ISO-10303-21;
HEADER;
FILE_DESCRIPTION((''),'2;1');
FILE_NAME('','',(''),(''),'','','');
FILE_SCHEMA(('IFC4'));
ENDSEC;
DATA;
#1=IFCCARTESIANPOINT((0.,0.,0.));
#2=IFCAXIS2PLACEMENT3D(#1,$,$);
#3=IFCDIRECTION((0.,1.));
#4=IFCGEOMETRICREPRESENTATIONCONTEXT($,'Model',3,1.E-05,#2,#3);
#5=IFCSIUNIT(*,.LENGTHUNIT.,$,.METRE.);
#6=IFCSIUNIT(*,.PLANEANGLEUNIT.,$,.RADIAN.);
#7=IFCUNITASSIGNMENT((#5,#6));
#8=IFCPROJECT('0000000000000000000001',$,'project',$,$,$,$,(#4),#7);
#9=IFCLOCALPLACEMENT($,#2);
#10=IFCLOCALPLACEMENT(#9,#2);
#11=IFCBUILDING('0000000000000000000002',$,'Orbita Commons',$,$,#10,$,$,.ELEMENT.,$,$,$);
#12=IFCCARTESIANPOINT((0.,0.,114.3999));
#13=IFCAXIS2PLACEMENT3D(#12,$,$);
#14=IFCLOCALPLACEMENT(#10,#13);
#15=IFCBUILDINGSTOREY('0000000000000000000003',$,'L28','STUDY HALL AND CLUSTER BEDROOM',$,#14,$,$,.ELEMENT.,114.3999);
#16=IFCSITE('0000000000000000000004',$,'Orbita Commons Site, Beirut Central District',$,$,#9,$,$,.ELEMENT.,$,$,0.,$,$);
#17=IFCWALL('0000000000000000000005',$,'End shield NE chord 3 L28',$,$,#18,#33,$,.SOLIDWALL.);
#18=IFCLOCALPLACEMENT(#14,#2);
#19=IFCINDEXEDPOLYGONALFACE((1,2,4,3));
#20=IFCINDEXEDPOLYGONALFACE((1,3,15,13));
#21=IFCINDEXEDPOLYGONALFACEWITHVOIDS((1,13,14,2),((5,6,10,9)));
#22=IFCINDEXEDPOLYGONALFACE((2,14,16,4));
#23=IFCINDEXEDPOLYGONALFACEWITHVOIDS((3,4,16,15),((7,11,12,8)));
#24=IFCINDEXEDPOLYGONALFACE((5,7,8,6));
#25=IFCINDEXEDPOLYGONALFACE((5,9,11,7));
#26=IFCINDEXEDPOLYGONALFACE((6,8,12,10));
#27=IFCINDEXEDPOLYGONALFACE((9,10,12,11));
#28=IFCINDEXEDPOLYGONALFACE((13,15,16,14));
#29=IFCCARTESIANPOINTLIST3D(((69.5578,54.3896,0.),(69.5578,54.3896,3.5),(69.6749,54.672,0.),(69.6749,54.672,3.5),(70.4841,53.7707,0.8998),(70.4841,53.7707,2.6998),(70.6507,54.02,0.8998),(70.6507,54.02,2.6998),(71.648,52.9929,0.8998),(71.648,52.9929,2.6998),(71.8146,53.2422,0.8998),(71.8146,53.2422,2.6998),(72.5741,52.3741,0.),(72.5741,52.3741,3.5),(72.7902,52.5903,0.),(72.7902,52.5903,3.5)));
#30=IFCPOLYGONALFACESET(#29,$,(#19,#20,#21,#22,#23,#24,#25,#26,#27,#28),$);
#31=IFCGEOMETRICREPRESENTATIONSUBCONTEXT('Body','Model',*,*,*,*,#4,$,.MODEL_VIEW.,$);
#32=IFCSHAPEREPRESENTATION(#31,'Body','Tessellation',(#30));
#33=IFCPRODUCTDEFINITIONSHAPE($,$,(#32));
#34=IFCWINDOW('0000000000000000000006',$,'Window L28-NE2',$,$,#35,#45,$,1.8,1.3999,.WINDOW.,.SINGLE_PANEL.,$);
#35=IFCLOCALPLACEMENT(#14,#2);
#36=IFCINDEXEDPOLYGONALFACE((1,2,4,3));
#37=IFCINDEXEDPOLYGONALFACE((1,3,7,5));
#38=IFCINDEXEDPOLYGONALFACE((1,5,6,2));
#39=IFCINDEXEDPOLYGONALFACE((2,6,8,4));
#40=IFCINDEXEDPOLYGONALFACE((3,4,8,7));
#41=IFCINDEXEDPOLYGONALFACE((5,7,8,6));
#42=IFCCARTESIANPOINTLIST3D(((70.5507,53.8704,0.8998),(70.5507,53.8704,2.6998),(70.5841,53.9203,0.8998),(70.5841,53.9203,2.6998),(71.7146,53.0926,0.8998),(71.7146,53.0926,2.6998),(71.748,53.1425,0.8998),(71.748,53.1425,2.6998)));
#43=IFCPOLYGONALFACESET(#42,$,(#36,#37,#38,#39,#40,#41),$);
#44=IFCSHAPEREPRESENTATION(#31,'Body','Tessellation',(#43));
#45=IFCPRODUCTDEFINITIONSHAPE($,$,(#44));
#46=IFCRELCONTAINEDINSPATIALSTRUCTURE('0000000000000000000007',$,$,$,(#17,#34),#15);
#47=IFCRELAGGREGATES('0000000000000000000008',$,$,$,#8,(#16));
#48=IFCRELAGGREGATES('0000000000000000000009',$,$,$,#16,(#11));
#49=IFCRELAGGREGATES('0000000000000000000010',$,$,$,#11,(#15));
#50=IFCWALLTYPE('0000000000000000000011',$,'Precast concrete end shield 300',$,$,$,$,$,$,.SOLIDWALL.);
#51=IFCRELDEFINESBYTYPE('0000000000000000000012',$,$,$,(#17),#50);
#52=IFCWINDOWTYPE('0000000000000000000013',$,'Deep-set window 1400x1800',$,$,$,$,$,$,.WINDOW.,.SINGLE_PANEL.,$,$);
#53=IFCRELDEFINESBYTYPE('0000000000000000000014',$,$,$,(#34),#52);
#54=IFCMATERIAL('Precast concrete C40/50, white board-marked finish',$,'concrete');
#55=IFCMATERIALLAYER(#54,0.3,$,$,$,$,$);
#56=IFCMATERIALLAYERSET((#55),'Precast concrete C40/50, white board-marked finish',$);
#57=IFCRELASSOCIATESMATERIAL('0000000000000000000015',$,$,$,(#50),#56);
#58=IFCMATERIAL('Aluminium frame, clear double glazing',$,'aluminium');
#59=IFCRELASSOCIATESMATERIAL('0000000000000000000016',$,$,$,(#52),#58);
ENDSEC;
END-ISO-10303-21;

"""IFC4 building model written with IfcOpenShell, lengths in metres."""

from ifc_helpers import new_model, si_unit, direction, frame, frame_2d, origin, place, context, subcontext, project, spatial, polyline, rectangle, outline, extrude, material, layer, layer_set, type_object, element, fill, save


model = new_model("IFC4")

# Units and contexts
model_context = context("Model", 3, precision=1e-05, world=origin(), true_north=direction((0.0, 1.0)))
body_context = subcontext(model_context, "Body", "Model", "MODEL_VIEW")
ifc_project = project(units=[si_unit("LENGTHUNIT", "METRE"), si_unit("PLANEANGLEUNIT", "RADIAN")], contexts=[model_context])

# Site, building, storey
site_placement = place(None, origin())
site = spatial("IfcSite", under=ifc_project, at=site_placement, Name="Orbita Commons Site, Beirut Central District", CompositionType="ELEMENT", RefElevation=0.0)
building_placement = place(site_placement, origin())
building = spatial("IfcBuilding", under=site, at=building_placement, Name="Orbita Commons", CompositionType="ELEMENT")
storey_placement = place(building_placement, frame((0.0, 0.0, 114.3999)))
storey = spatial("IfcBuildingStorey", under=building, at=storey_placement, Name="L28", Description="STUDY HALL AND CLUSTER BEDROOM", CompositionType="ELEMENT", Elevation=114.3999)

# Wall, opening, window
ifc_material_1 = material(Name="Precast concrete C40/50, white board-marked finish", Category="concrete")
ifc_layer_1 = layer(ifc_material_1, 0.3)
ifc_layer_set_1 = layer_set([ifc_layer_1], Name="Precast concrete C40/50, white board-marked finish")
wall_type_1 = type_object("IfcWallType", Name="Precast concrete end shield 300", PredefinedType="SOLIDWALL", material=ifc_layer_set_1)
ifc_material_2 = material(Name="Aluminium frame, clear double glazing", Category="aluminium")
window_type = type_object("IfcWindowType", Name="Deep-set window 1400x1800", PartitioningType="SINGLE_PANEL", PredefinedType="WINDOW", material=ifc_material_2)
wall_1_placement = place(storey_placement, frame((72.6821, 52.4822, 0.0), z_axis=(0.0, 0.0, 1.0), x_axis=(-0.831449, 0.555601, 0.0)))
wall_1 = element("IfcWall", 1, at=wall_1_placement, inside=storey, type_object=wall_type_1, Name="End shield NE chord 3 L28", PredefinedType="SOLIDWALL", context=body_context, shape_type="SweptSolid", body=[
    extrude(outline(polyline([(-0.0298, -0.1499), (3.717, -0.1499), (3.6575, 0.1499), (0.0298, 0.1499), (-0.0298, -0.1499)])), origin(), (0.0, 0.0, 1.0), 3.5),
])
opening_1_placement = place(wall_1_placement, frame((1.1436, 0.0, 0.8999)))
opening_1 = element("IfcOpeningElement", 2, at=opening_1_placement, cuts=wall_1, PredefinedType="OPENING", context=body_context, shape_type="SweptSolid", body=[
    extrude(rectangle(XDim=1.3999, YDim=1.8, at=frame_2d((0.7, 0.8999))), frame((0.0, 0.1599, 0.0), z_axis=(0.0, -1.0, 0.0), x_axis=(1.0, 0.0, 0.0)), (0.0, 0.0, 1.0), 0.3201),
])
window_1_placement = place(opening_1_placement, origin())
window_1 = element("IfcWindow", 3, at=window_1_placement, inside=storey, type_object=window_type, Name="Window L28-NE2", OverallHeight=1.8, OverallWidth=1.3999, PartitioningType="SINGLE_PANEL", PredefinedType="WINDOW", context=body_context, shape_type="SweptSolid", body=[
    extrude(rectangle(XDim=1.3999, YDim=1.8, at=frame_2d((0.7, 0.8999))), frame((0.0, 0.03, 0.0), z_axis=(0.0, -1.0, 0.0), x_axis=(1.0, 0.0, 0.0)), (0.0, 0.0, 1.0), 0.0601),
])
fill(opening_1, window_1)

save(model, "model.ifc")
